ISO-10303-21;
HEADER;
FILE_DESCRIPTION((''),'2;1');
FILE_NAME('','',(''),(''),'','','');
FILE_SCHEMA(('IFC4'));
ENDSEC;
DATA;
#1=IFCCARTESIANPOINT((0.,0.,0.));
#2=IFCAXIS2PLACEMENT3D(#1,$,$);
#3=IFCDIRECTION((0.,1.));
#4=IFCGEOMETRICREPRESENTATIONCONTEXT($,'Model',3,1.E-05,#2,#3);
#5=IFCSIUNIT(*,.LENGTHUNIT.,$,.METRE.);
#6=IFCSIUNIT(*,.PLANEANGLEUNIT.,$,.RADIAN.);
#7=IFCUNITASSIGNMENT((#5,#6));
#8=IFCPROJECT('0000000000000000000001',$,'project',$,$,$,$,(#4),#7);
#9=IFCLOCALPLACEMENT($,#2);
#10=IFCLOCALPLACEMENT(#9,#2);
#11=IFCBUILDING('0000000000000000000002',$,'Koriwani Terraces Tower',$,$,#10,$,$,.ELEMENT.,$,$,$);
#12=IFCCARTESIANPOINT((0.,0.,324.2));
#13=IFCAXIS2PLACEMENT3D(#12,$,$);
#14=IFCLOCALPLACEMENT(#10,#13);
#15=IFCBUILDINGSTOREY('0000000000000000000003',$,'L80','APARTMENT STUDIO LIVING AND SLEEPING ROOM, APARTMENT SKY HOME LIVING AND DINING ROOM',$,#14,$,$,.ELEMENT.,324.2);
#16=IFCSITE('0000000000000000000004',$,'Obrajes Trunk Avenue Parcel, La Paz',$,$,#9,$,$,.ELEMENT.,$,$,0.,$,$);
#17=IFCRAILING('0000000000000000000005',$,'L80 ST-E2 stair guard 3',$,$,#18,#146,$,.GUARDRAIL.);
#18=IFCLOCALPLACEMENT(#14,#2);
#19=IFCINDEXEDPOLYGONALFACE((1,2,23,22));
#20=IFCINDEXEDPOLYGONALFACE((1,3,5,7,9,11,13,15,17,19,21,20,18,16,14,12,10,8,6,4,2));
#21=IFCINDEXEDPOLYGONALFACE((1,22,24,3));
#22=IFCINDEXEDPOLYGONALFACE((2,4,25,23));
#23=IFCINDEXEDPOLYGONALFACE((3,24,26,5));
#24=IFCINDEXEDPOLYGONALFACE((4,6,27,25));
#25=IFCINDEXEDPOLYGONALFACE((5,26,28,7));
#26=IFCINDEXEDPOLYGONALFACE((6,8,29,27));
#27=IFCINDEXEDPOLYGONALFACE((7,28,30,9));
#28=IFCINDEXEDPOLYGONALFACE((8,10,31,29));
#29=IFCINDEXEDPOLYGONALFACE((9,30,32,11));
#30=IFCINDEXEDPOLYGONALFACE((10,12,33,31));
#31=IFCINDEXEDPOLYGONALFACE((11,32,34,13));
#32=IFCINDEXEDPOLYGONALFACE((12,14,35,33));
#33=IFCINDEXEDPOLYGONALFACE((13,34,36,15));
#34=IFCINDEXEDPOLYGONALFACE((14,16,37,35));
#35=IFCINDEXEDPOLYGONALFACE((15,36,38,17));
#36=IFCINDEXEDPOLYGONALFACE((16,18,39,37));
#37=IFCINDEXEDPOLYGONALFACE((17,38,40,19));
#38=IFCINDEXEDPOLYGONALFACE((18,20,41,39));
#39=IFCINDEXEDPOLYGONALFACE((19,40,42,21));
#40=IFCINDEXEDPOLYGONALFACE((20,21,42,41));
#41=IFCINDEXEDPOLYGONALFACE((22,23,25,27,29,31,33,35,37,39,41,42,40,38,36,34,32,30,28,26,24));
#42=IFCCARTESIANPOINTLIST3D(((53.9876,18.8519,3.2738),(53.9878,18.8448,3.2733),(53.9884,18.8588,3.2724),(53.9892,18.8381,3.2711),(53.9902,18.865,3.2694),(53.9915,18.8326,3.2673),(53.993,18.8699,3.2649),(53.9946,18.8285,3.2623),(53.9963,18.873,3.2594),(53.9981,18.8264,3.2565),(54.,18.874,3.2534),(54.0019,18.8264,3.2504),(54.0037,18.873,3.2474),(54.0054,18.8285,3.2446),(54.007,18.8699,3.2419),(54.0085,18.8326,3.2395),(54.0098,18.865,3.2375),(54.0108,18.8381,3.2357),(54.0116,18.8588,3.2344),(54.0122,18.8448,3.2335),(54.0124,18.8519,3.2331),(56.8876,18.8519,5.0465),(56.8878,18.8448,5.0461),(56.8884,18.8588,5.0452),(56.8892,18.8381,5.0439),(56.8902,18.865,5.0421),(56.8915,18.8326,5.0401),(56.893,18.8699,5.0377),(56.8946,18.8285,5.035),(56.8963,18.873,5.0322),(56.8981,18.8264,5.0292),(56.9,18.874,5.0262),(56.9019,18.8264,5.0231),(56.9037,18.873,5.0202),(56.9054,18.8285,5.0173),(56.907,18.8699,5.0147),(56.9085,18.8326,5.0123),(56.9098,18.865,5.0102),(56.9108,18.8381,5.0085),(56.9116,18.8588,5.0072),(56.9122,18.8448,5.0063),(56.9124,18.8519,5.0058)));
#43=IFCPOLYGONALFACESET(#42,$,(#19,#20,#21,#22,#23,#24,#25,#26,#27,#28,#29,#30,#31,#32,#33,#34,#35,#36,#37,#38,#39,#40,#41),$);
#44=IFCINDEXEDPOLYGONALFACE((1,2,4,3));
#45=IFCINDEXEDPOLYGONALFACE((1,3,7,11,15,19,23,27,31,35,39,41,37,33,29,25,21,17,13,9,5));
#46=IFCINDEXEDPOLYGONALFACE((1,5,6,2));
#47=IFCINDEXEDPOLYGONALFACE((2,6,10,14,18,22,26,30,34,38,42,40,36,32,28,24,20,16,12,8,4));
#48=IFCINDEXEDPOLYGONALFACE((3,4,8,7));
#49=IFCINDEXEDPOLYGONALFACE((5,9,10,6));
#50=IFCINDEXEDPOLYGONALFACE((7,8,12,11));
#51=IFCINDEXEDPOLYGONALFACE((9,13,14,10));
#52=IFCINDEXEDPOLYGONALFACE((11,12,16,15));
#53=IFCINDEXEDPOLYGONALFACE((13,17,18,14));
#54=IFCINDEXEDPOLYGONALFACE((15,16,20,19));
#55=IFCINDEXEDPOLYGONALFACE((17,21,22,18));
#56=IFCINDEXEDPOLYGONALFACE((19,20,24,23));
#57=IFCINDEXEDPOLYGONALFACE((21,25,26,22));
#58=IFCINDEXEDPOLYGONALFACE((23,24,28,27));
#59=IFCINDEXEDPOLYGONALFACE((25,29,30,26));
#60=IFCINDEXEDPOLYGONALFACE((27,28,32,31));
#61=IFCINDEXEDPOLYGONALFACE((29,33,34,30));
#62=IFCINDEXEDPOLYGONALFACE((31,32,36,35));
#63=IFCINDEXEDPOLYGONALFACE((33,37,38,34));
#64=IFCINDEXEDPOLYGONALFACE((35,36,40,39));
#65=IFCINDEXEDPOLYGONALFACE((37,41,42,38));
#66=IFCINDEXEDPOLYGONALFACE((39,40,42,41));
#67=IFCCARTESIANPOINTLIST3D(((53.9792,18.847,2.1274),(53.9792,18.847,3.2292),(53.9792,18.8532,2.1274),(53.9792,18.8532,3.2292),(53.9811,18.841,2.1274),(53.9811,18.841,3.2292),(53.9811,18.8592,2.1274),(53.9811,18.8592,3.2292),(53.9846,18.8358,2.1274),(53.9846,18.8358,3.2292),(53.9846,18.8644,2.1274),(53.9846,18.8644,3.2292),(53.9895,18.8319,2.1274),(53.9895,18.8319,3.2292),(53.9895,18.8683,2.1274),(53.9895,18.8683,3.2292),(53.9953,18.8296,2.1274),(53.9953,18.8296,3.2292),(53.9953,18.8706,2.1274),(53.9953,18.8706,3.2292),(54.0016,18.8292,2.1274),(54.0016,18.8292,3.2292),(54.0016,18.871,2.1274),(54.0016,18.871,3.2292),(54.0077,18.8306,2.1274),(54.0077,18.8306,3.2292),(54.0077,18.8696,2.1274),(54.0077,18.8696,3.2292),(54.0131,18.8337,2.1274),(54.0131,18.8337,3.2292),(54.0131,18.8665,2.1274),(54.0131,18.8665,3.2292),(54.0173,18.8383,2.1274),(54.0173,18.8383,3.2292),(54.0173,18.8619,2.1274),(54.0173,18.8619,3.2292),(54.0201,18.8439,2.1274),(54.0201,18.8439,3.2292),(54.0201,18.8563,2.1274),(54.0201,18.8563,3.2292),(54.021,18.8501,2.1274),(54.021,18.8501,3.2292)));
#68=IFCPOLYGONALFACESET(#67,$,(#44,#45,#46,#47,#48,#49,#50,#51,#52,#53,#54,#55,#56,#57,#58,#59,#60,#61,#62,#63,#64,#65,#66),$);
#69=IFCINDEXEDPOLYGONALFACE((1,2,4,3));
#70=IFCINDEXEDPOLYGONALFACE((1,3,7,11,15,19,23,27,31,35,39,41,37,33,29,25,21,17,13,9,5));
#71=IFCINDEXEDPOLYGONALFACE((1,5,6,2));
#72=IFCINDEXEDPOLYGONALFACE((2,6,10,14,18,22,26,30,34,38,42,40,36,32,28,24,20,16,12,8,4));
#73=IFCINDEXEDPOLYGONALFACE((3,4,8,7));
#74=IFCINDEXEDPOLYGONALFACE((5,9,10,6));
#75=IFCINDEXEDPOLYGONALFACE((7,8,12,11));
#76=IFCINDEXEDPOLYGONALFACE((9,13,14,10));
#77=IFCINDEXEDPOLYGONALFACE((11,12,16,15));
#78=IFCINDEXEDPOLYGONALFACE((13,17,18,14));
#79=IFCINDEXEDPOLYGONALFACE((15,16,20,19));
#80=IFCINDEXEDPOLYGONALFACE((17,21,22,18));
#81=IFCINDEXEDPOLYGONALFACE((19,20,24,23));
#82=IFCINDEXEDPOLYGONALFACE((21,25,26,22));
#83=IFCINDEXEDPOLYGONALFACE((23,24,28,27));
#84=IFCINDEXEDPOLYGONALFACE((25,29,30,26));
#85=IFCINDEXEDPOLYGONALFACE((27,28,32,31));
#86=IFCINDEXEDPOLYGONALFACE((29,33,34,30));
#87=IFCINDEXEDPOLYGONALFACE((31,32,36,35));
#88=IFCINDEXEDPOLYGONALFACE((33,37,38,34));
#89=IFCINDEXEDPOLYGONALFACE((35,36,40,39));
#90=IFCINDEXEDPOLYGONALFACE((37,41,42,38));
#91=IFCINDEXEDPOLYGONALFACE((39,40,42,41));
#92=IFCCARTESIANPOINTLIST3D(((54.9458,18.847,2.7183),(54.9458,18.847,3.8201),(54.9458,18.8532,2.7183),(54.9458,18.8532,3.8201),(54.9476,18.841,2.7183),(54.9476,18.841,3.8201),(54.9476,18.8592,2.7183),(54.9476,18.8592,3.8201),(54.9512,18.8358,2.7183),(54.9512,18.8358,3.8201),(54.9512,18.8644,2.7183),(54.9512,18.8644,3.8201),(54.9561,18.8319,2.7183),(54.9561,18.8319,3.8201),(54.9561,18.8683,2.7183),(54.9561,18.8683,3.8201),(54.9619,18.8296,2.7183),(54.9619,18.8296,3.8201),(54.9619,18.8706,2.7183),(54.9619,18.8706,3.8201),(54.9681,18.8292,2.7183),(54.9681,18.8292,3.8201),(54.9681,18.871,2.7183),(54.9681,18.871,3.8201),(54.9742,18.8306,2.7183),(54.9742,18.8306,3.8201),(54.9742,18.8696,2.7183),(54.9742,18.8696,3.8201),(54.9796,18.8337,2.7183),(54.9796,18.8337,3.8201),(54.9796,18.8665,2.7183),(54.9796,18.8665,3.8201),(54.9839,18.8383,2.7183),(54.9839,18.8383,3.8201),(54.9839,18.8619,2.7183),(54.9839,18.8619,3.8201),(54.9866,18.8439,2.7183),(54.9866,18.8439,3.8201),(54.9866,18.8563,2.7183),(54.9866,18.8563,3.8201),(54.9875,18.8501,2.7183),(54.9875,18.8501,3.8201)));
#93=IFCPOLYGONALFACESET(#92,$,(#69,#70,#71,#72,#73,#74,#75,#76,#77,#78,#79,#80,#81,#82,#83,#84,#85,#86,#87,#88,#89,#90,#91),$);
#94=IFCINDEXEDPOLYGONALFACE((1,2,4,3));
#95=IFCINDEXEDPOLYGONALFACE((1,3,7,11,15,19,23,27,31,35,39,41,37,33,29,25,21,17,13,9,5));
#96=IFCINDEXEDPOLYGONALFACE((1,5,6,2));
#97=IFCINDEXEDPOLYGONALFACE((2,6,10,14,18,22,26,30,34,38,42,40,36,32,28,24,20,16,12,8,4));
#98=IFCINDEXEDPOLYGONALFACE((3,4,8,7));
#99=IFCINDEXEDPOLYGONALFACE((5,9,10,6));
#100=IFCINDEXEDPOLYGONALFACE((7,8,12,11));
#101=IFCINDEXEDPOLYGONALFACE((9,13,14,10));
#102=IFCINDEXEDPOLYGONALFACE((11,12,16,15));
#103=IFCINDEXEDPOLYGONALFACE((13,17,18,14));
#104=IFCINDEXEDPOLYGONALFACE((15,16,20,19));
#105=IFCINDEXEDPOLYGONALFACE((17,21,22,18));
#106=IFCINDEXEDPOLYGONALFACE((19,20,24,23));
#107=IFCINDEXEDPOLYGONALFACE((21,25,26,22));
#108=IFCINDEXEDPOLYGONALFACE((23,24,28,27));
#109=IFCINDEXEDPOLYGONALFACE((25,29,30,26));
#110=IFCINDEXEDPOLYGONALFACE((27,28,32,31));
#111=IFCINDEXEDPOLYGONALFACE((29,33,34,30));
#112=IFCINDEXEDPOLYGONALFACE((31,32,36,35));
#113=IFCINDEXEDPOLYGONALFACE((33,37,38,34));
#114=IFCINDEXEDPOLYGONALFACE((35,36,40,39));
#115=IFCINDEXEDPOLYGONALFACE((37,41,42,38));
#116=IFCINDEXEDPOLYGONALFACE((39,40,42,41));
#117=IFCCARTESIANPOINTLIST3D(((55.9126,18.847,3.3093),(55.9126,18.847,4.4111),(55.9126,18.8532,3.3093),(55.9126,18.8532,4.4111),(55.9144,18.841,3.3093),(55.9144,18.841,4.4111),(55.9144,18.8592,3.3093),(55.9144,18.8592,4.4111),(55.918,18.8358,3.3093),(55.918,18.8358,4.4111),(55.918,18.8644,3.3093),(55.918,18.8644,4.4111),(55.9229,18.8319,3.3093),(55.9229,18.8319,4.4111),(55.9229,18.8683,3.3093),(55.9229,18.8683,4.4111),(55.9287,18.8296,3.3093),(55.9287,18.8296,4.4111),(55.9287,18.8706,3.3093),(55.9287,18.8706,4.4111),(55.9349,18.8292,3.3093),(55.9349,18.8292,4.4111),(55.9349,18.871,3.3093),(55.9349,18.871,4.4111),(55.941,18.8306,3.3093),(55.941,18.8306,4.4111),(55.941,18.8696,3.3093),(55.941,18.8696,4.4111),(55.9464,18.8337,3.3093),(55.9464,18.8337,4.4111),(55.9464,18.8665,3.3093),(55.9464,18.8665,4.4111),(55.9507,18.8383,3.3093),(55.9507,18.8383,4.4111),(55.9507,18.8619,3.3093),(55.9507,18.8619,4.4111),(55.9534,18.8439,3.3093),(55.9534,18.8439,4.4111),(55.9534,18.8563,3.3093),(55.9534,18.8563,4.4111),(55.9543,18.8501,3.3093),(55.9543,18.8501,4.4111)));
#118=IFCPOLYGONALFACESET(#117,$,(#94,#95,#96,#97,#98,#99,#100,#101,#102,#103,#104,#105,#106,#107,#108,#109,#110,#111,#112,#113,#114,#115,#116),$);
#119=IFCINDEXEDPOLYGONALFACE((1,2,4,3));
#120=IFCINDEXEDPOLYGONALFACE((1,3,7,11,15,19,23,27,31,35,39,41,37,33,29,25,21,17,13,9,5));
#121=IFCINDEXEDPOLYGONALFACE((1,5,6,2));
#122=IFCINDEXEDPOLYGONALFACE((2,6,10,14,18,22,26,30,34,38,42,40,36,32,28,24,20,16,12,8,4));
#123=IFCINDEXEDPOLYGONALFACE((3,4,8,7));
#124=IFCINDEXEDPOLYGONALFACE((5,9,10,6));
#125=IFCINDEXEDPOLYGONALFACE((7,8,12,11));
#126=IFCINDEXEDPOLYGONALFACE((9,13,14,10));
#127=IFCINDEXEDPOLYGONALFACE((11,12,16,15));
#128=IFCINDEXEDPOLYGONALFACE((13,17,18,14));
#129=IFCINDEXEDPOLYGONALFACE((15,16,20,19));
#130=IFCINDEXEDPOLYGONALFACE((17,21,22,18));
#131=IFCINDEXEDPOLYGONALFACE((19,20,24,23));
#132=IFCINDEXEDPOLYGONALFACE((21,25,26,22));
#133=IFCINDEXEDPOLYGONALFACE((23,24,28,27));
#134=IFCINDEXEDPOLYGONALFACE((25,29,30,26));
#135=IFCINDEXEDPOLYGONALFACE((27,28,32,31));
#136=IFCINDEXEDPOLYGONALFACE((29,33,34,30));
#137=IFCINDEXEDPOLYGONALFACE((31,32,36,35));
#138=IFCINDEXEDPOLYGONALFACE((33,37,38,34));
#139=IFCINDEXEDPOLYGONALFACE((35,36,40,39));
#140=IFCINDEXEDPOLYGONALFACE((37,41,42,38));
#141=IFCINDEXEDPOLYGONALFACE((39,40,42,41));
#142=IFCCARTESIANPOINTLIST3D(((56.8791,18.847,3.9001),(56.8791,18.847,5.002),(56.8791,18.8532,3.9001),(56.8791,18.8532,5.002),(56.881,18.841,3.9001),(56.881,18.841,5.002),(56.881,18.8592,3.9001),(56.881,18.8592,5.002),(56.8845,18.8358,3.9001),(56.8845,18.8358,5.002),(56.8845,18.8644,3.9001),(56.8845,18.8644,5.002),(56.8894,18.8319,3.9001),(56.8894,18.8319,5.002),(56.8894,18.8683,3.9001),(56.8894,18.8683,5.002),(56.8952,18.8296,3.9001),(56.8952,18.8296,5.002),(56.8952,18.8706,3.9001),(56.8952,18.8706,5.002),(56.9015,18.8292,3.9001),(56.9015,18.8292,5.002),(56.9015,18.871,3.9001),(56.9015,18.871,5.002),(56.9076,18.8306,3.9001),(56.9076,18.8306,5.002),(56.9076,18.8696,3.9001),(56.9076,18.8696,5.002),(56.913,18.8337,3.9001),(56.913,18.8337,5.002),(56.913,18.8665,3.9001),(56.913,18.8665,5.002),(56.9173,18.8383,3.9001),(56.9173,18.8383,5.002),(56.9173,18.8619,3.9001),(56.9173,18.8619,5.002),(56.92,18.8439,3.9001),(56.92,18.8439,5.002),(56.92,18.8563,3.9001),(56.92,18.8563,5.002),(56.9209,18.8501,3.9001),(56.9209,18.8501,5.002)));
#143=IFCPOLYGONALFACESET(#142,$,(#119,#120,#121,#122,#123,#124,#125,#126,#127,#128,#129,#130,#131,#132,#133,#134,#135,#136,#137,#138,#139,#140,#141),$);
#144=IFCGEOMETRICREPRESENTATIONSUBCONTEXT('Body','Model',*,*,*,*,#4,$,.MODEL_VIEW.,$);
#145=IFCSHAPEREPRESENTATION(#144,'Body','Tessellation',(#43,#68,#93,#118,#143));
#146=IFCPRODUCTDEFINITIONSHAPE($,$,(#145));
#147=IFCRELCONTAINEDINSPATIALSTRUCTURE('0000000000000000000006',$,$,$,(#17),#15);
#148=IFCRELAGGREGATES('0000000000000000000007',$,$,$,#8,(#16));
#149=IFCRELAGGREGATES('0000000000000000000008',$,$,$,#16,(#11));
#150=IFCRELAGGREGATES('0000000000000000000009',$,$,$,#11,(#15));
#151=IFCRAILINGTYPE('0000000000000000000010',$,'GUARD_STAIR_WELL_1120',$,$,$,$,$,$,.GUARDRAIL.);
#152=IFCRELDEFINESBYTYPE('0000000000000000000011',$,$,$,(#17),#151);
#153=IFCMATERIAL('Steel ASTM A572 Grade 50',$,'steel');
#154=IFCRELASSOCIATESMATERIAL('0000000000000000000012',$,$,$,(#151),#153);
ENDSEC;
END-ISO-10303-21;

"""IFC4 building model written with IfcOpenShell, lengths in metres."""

from ifc_helpers import new_model, si_unit, direction, frame, origin, origin_2d, place, context, subcontext, project, spatial, circle, extrude, material, type_object, element, save


model = new_model("IFC4")

# Units and contexts
model_context = context("Model", 3, precision=1e-05, world=origin(), true_north=direction((0.0, 1.0)))
body_context = subcontext(model_context, "Body", "Model", "MODEL_VIEW")
ifc_project = project(units=[si_unit("LENGTHUNIT", "METRE"), si_unit("PLANEANGLEUNIT", "RADIAN")], contexts=[model_context])

# Site, building, storey
site_placement = place(None, origin())
site = spatial("IfcSite", under=ifc_project, at=site_placement, Name="Obrajes Trunk Avenue Parcel, La Paz", CompositionType="ELEMENT", RefElevation=0.0)
building_placement = place(site_placement, origin())
building = spatial("IfcBuilding", under=site, at=building_placement, Name="Koriwani Terraces Tower", CompositionType="ELEMENT")
storey_placement = place(building_placement, frame((0.0, 0.0, 324.2)))
storey = spatial("IfcBuildingStorey", under=building, at=storey_placement, Name="L80", Description="APARTMENT STUDIO LIVING AND SLEEPING ROOM, APARTMENT SKY HOME LIVING AND DINING ROOM", CompositionType="ELEMENT", Elevation=324.2)

# Shared definitions
ifc_material_1 = material(Name="Steel ASTM A572 Grade 50", Category="steel")

# Railing
railing_type_1 = type_object("IfcRailingType", Name="GUARD_STAIR_WELL_1120", PredefinedType="GUARDRAIL", material=ifc_material_1)
railing_1_placement = place(storey_placement, frame((54.0, 18.8501, 2.1274)))
element("IfcRailing", 1, at=railing_1_placement, inside=storey, type_object=railing_type_1, Name="L80 ST-E2 stair guard 3", PredefinedType="GUARDRAIL", context=body_context, shape_type="SweptSolid", body=[
    extrude(circle(Radius=0.0239, at=origin_2d()), frame((0.0, 0.0, 1.126), z_axis=(0.853211, 0.0, 0.521566), x_axis=(0.0, 1.0, 0.0)), (0.0, 0.0, 1.0), 3.3989),
    extrude(circle(Radius=0.021, at=origin_2d()), origin(), (0.0, 0.0, 1.0), 1.1018),
    extrude(circle(Radius=0.021, at=origin_2d()), frame((0.9666, 0.0, 0.5908)), (0.0, 0.0, 1.0), 1.1018),
    extrude(circle(Radius=0.021, at=origin_2d()), frame((1.9333, 0.0, 1.1819)), (0.0, 0.0, 1.0), 1.1018),
    extrude(circle(Radius=0.021, at=origin_2d()), frame((2.8999, 0.0, 1.7727)), (0.0, 0.0, 1.0), 1.1018),
])

save(model, "model.ifc")
